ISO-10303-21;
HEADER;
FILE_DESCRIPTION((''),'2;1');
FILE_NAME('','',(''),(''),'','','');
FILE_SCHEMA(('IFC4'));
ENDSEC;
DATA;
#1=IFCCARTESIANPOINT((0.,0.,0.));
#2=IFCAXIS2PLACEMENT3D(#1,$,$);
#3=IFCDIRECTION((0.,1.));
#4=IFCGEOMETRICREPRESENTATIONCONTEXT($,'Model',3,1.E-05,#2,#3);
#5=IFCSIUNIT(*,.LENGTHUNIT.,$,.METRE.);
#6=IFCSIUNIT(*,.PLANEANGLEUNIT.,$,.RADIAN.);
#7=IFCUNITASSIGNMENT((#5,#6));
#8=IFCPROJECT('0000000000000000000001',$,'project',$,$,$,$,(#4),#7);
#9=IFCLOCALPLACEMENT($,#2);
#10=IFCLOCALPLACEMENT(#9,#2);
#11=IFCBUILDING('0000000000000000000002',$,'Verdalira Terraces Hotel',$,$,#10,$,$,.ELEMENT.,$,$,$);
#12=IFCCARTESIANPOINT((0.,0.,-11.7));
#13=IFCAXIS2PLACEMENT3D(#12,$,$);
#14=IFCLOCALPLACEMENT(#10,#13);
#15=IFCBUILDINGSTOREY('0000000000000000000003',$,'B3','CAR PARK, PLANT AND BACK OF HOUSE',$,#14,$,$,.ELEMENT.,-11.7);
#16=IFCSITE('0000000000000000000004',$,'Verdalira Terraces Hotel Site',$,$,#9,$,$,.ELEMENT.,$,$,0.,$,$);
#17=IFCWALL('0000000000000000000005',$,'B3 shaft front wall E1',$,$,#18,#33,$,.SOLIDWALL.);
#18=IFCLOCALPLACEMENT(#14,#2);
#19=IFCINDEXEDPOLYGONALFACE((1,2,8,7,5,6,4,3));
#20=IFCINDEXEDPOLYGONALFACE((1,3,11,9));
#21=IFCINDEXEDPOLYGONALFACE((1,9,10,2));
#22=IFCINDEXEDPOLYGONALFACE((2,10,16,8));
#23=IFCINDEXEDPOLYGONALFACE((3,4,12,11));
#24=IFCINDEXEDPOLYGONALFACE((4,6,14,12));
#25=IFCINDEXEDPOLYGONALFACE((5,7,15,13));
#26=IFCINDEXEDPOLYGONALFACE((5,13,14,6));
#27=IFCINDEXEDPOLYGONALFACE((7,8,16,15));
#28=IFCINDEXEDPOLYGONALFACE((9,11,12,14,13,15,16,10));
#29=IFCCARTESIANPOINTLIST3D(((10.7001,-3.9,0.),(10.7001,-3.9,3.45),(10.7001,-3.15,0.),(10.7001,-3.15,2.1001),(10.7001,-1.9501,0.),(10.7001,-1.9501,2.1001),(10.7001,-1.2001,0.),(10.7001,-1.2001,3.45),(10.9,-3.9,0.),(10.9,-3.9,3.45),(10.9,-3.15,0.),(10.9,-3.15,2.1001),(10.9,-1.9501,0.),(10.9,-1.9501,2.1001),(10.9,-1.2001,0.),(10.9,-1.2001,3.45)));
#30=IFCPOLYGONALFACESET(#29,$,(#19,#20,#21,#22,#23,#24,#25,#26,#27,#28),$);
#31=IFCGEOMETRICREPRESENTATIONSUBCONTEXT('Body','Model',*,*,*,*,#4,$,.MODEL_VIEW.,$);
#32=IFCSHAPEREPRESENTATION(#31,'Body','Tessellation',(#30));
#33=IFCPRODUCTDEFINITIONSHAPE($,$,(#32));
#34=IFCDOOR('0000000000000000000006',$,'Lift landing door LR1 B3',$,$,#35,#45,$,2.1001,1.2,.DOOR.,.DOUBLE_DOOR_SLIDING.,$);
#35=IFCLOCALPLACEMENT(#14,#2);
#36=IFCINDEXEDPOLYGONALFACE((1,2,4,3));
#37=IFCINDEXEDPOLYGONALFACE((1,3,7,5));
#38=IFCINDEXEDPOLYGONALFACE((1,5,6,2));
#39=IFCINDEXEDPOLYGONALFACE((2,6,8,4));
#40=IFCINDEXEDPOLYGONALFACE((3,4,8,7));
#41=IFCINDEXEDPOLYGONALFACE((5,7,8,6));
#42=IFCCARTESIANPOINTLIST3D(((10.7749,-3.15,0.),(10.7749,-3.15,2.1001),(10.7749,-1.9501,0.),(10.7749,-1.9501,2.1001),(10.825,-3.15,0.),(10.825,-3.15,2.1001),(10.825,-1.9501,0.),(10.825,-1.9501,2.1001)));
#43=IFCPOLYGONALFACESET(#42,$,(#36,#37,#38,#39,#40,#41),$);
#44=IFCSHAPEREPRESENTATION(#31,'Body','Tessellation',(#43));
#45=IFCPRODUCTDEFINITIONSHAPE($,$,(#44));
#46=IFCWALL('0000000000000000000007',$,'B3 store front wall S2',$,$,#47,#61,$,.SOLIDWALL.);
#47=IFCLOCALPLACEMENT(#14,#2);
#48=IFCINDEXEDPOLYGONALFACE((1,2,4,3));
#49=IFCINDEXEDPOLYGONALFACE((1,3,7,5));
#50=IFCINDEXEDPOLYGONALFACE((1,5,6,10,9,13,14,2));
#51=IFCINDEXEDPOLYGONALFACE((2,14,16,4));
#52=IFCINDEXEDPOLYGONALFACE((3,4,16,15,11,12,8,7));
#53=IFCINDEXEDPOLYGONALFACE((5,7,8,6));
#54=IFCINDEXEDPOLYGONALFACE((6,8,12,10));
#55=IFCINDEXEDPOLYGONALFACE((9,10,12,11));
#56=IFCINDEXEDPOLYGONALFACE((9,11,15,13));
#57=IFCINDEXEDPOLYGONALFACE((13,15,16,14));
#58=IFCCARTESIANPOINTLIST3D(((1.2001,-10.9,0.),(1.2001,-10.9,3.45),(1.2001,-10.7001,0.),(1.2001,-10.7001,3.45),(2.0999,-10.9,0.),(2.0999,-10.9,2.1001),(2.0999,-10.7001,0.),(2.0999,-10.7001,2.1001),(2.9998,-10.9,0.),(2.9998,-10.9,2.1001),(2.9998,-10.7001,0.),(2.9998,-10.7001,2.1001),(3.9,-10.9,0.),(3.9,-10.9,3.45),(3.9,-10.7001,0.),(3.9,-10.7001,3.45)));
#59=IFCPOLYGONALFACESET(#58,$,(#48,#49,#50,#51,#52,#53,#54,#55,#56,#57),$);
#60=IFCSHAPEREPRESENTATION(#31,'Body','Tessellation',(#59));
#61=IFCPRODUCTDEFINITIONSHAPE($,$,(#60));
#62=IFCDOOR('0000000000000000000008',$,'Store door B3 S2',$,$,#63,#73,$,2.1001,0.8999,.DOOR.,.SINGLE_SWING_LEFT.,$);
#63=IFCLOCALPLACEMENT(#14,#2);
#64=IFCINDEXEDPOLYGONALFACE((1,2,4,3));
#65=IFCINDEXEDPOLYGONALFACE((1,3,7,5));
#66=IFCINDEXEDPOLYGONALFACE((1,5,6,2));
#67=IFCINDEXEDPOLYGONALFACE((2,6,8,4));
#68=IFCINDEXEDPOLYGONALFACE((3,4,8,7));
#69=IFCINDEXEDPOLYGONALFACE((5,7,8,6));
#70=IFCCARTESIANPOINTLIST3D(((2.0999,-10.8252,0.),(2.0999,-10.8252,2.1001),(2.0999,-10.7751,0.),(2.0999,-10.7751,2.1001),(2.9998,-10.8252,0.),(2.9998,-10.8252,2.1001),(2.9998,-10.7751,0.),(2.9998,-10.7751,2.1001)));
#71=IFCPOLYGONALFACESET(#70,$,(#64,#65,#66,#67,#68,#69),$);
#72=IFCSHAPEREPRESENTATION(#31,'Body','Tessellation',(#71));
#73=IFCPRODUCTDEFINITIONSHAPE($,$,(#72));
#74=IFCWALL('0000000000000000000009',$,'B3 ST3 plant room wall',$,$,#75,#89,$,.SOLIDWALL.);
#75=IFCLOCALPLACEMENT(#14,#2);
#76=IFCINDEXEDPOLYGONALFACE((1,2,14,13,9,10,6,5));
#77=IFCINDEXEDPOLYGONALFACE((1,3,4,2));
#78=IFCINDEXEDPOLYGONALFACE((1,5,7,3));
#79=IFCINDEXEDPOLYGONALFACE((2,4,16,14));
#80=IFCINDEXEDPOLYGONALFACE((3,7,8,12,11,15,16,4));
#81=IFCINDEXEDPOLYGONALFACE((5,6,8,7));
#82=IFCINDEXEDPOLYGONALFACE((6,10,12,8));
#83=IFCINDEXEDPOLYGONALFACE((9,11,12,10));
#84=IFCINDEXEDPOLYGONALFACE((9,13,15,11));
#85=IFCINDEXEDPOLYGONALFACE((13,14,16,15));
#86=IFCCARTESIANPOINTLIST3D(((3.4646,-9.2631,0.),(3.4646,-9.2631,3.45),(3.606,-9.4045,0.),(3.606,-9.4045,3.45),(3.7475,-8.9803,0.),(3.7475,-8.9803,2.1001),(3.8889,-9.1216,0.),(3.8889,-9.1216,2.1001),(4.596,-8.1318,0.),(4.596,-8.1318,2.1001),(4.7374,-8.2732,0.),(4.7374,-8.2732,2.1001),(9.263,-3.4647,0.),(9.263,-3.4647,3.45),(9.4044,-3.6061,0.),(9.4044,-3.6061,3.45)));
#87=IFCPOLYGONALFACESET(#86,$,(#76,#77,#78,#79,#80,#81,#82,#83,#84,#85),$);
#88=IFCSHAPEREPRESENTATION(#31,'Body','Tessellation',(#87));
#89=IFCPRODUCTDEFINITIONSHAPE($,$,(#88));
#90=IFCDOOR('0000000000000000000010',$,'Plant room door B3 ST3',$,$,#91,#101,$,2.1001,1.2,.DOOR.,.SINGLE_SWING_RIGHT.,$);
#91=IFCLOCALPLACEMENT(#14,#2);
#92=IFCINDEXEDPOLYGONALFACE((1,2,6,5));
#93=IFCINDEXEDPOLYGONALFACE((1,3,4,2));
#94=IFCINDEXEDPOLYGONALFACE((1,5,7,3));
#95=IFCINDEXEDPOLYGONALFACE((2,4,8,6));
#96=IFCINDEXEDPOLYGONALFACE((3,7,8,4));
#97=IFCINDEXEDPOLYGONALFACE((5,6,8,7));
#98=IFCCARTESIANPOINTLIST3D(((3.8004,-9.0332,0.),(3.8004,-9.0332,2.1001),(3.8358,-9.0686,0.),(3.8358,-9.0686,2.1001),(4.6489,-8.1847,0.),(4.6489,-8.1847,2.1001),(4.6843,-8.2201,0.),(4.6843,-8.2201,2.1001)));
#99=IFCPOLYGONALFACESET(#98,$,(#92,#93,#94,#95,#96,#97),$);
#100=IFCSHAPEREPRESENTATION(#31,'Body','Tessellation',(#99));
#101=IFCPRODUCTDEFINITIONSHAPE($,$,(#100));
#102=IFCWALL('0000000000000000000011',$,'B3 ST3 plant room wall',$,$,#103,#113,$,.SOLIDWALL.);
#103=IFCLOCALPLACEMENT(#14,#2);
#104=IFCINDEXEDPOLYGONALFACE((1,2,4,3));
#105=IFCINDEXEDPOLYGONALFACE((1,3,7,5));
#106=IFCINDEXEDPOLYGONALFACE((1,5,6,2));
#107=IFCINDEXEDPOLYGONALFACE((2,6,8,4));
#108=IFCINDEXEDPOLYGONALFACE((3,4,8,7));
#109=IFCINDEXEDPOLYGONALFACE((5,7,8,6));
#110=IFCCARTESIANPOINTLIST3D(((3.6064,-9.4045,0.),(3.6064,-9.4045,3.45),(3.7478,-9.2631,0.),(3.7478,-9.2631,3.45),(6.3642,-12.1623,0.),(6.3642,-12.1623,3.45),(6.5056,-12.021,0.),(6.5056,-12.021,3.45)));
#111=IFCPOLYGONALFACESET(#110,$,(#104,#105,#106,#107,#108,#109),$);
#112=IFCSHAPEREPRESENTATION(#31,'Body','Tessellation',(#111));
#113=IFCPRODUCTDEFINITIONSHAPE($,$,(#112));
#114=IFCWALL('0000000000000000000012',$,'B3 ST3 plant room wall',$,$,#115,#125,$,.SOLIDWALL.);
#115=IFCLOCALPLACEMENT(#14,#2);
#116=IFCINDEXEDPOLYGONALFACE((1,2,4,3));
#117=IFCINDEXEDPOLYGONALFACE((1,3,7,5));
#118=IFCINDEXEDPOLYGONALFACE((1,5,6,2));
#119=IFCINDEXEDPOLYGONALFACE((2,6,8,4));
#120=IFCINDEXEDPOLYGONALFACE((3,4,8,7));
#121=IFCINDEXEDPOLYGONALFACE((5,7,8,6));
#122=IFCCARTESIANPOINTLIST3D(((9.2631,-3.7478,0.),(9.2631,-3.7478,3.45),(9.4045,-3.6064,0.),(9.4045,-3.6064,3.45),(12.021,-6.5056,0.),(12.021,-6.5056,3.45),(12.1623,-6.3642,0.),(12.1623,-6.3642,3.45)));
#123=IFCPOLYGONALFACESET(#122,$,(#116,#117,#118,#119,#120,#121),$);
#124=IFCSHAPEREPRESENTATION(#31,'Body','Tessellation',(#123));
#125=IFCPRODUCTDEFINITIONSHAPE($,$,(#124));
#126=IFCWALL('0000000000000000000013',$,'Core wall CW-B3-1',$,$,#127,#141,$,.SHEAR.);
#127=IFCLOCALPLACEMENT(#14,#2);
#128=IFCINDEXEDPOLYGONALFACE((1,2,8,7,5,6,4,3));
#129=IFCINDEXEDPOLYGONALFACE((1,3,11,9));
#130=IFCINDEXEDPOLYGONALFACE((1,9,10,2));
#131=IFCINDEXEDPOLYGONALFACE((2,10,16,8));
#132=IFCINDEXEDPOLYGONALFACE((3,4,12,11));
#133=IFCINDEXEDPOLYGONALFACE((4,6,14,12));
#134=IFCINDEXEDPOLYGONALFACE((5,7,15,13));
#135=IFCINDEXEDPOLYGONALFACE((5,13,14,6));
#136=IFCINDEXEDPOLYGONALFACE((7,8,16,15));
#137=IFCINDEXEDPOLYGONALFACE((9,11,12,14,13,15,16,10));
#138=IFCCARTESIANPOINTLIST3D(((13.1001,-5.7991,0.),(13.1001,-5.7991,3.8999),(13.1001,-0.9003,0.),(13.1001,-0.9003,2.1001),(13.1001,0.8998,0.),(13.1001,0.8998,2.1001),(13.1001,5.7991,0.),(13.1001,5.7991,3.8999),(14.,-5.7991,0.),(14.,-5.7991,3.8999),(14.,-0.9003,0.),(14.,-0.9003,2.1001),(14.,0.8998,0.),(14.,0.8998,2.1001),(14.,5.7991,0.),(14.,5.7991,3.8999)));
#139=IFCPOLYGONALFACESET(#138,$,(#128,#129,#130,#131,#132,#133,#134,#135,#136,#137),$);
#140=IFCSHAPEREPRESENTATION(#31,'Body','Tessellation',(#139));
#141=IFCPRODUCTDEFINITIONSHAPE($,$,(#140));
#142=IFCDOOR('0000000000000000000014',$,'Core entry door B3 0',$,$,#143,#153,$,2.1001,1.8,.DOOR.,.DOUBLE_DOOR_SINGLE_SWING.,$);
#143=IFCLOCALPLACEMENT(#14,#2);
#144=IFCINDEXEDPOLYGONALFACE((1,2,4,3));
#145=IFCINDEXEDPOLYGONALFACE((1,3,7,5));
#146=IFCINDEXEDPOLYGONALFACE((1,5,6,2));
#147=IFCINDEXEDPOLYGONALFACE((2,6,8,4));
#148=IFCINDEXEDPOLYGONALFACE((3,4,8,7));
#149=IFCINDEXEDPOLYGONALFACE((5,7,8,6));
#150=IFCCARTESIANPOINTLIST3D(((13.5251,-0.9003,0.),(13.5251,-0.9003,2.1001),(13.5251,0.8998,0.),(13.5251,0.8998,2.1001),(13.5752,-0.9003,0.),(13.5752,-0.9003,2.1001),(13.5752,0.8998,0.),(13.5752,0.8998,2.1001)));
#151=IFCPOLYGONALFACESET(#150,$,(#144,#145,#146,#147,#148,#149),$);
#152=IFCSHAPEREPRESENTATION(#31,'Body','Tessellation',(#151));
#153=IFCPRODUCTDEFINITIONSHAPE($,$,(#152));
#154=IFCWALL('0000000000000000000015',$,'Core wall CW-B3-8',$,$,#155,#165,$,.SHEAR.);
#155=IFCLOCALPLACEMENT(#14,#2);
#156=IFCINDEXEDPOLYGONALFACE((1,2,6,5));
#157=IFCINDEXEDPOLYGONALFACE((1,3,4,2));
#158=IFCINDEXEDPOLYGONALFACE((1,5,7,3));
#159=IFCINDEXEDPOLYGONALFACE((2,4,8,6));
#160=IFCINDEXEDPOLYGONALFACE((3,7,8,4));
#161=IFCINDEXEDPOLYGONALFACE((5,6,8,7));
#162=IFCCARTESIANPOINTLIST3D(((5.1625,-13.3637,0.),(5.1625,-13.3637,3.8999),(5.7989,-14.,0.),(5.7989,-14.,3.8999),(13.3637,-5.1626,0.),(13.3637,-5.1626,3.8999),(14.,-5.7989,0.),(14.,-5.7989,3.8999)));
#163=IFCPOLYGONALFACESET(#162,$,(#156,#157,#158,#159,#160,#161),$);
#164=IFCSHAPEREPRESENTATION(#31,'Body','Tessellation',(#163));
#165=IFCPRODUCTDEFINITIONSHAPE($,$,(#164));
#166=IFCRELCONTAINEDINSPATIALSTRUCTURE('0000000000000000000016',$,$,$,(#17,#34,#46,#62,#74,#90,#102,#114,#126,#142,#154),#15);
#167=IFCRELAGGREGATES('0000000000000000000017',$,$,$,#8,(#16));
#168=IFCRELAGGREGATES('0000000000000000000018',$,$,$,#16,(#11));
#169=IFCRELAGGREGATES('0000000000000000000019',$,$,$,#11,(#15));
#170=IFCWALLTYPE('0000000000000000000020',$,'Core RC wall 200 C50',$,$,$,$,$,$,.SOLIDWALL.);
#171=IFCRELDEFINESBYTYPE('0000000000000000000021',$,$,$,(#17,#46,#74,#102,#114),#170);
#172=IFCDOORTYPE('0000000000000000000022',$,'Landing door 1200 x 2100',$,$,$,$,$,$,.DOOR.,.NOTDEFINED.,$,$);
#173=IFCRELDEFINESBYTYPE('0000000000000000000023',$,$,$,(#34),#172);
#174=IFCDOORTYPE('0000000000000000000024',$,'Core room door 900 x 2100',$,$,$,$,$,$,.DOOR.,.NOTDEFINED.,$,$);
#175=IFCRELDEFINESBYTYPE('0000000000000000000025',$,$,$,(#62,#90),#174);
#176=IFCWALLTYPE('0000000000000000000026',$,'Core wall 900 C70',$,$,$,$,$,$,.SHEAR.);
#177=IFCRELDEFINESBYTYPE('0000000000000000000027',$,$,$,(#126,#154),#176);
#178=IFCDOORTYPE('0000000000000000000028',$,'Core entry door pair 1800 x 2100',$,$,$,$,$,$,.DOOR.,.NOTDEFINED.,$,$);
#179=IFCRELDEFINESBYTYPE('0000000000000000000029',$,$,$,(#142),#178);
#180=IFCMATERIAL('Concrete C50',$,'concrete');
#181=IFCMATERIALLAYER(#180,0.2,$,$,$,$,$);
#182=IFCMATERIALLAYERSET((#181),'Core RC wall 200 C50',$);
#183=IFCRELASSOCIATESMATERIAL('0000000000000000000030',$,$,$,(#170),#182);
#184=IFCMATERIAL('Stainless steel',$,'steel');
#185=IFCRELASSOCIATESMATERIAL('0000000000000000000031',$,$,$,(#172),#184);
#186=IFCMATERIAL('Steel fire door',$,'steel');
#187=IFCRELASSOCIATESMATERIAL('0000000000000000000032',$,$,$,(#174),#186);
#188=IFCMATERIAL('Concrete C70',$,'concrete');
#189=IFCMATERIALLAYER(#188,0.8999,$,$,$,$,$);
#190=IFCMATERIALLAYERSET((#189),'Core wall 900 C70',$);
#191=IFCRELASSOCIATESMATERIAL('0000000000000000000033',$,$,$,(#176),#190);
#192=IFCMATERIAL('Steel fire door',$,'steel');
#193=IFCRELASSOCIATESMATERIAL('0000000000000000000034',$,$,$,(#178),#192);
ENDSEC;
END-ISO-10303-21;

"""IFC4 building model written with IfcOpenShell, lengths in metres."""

from ifc_helpers import new_model, si_unit, direction, frame, frame_2d, origin, place, context, subcontext, project, spatial, rectangle, extrude, material, layer, layer_set, type_object, element, fill, save


model = new_model("IFC4")

# Units and contexts
model_context = context("Model", 3, precision=1e-05, world=origin(), true_north=direction((0.0, 1.0)))
body_context = subcontext(model_context, "Body", "Model", "MODEL_VIEW")
ifc_project = project(units=[si_unit("LENGTHUNIT", "METRE"), si_unit("PLANEANGLEUNIT", "RADIAN")], contexts=[model_context])

# Site, building, storey
site_placement = place(None, origin())
site = spatial("IfcSite", under=ifc_project, at=site_placement, Name="Verdalira Terraces Hotel Site", CompositionType="ELEMENT", RefElevation=0.0)
building_placement = place(site_placement, origin())
building = spatial("IfcBuilding", under=site, at=building_placement, Name="Verdalira Terraces Hotel", CompositionType="ELEMENT")
storey_placement = place(building_placement, frame((0.0, 0.0, -11.7)))
storey = spatial("IfcBuildingStorey", under=building, at=storey_placement, Name="B3", Description="CAR PARK, PLANT AND BACK OF HOUSE", CompositionType="ELEMENT", Elevation=-11.7)

# Walls, openings, doors
ifc_material_1 = material(Name="Concrete C50", Category="concrete")
ifc_layer_1 = layer(ifc_material_1, 0.2)
ifc_layer_set_1 = layer_set([ifc_layer_1], Name="Core RC wall 200 C50")
wall_type_1 = type_object("IfcWallType", Name="Core RC wall 200 C50", PredefinedType="SOLIDWALL", material=ifc_layer_set_1)
wall_1_placement = place(storey_placement, frame((10.8, -1.2, 0.0), z_axis=(0.0, 0.0, 1.0), x_axis=(0.0, -1.0, 0.0)))
wall_1 = element("IfcWall", 1, at=wall_1_placement, inside=storey, type_object=wall_type_1, Name="B3 shaft front wall E1", PredefinedType="SOLIDWALL", context=body_context, shape_type="SweptSolid", body=[
    extrude(rectangle(XDim=2.7, YDim=0.2, at=frame_2d((1.3501, 0.0))), origin(), (0.0, 0.0, 1.0), 3.45),
])
opening_1_placement = place(wall_1_placement, frame((0.75, 0.0, 0.0)))
opening_1 = element("IfcOpeningElement", 2, at=opening_1_placement, cuts=wall_1, PredefinedType="OPENING", context=body_context, shape_type="SweptSolid", body=[
    extrude(rectangle(XDim=1.2, YDim=2.1001, at=frame_2d((0.6001, 1.05))), frame((0.0, 0.1099, 0.0), z_axis=(0.0, -1.0, 0.0), x_axis=(1.0, 0.0, 0.0)), (0.0, 0.0, 1.0), 0.22),
])
ifc_material_2 = material(Name="Stainless steel", Category="steel")
door_type_1 = type_object("IfcDoorType", Name="Landing door 1200 x 2100", OperationType="NOTDEFINED", PredefinedType="DOOR", material=ifc_material_2)
door_1_placement = place(opening_1_placement, origin())
door_1 = element("IfcDoor", 3, at=door_1_placement, inside=storey, type_object=door_type_1, Name="Lift landing door LR1 B3", OperationType="DOUBLE_DOOR_SLIDING", OverallHeight=2.1001, OverallWidth=1.2, PredefinedType="DOOR", context=body_context, shape_type="SweptSolid", body=[
    extrude(rectangle(XDim=1.2, YDim=2.1001, at=frame_2d((0.6001, 1.05))), frame((0.0, 0.0249, 0.0), z_axis=(0.0, -1.0, 0.0), x_axis=(1.0, 0.0, 0.0)), (0.0, 0.0, 1.0), 0.05),
])
fill(opening_1, door_1)
wall_2_placement = place(storey_placement, frame((1.2, -10.8, 0.0), z_axis=(0.0, 0.0, 1.0), x_axis=(1.0, 0.0, 0.0)))
wall_2 = element("IfcWall", 4, at=wall_2_placement, inside=storey, type_object=wall_type_1, Name="B3 store front wall S2", PredefinedType="SOLIDWALL", context=body_context, shape_type="SweptSolid", body=[
    extrude(rectangle(XDim=2.7, YDim=0.2, at=frame_2d((1.3501, 0.0))), origin(), (0.0, 0.0, 1.0), 3.45),
])
opening_2_placement = place(wall_2_placement, frame((0.8999, 0.0, 0.0)))
opening_2 = element("IfcOpeningElement", 5, at=opening_2_placement, cuts=wall_2, PredefinedType="OPENING", context=body_context, shape_type="SweptSolid", body=[
    extrude(rectangle(XDim=0.8999, YDim=2.1001, at=frame_2d((0.45, 1.05))), frame((0.0, 0.1099, 0.0), z_axis=(0.0, -1.0, 0.0), x_axis=(1.0, 0.0, 0.0)), (0.0, 0.0, 1.0), 0.22),
])
ifc_material_3 = material(Name="Steel fire door", Category="steel")
door_type_2 = type_object("IfcDoorType", Name="Core room door 900 x 2100", OperationType="NOTDEFINED", PredefinedType="DOOR", material=ifc_material_3)
door_2_placement = place(opening_2_placement, origin())
door_2 = element("IfcDoor", 6, at=door_2_placement, inside=storey, type_object=door_type_2, Name="Store door B3 S2", OperationType="SINGLE_SWING_LEFT", OverallHeight=2.1001, OverallWidth=0.8999, PredefinedType="DOOR", context=body_context, shape_type="SweptSolid", body=[
    extrude(rectangle(XDim=0.8999, YDim=2.1001, at=frame_2d((0.45, 1.05))), frame((0.0, 0.0249, 0.0), z_axis=(0.0, -1.0, 0.0), x_axis=(1.0, 0.0, 0.0)), (0.0, 0.0, 1.0), 0.05),
])
fill(opening_2, door_2)
wall_3_placement = place(storey_placement, frame((9.3337, -3.5354, 0.0), z_axis=(0.0, 0.0, 1.0), x_axis=(-0.707107, -0.707107, 0.0)))
wall_3 = element("IfcWall", 7, at=wall_3_placement, inside=storey, type_object=wall_type_1, Name="B3 ST3 plant room wall", PredefinedType="SOLIDWALL", context=body_context, shape_type="SweptSolid", body=[
    extrude(rectangle(XDim=8.2002, YDim=0.2, at=frame_2d((4.1001, 0.0))), origin(), (0.0, 0.0, 1.0), 3.45),
])
opening_3_placement = place(wall_3_placement, frame((6.6001, 0.0, 0.0)))
opening_3 = element("IfcOpeningElement", 8, at=opening_3_placement, cuts=wall_3, PredefinedType="OPENING", context=body_context, shape_type="SweptSolid", body=[
    extrude(rectangle(XDim=1.2, YDim=2.1001, at=frame_2d((0.6001, 1.05))), frame((0.0, 0.1099, 0.0), z_axis=(0.0, -1.0, 0.0), x_axis=(1.0, 0.0, 0.0)), (0.0, 0.0, 1.0), 0.22),
])
door_3_placement = place(opening_3_placement, origin())
door_3 = element("IfcDoor", 9, at=door_3_placement, inside=storey, type_object=door_type_2, Name="Plant room door B3 ST3", OperationType="SINGLE_SWING_RIGHT", OverallHeight=2.1001, OverallWidth=1.2, PredefinedType="DOOR", context=body_context, shape_type="SweptSolid", body=[
    extrude(rectangle(XDim=1.2, YDim=2.1001, at=frame_2d((0.6001, 1.05))), frame((0.0, 0.0249, 0.0), z_axis=(0.0, -1.0, 0.0), x_axis=(1.0, 0.0, 0.0)), (0.0, 0.0, 1.0), 0.05),
])
fill(opening_3, door_3)

# Walls
for number, where, z_axis, x_axis, name in (
    (10, (3.677, -9.3337, 0.0), (0.0, 0.0, 1.0), (0.707107, -0.707107, 0.0), "B3 ST3 plant room wall"),
    (11, (9.3337, -3.677, 0.0), (0.0, 0.0, 1.0), (0.707107, -0.707107, 0.0), "B3 ST3 plant room wall"),
):
    element("IfcWall", number, at=place(storey_placement, frame(where, z_axis=z_axis, x_axis=x_axis)), inside=storey, type_object=wall_type_1, Name=name, PredefinedType="SOLIDWALL", context=body_context, shape_type="SweptSolid", body=[
        extrude(rectangle(XDim=3.9001, YDim=0.2, at=frame_2d((1.9502, 0.0))), origin(), (0.0, 0.0, 1.0), 3.45),
    ])

# Wall, opening, door
ifc_material_4 = material(Name="Concrete C70", Category="concrete")
ifc_layer_2 = layer(ifc_material_4, 0.8999)
ifc_layer_set_2 = layer_set([ifc_layer_2], Name="Core wall 900 C70")
wall_type_2 = type_object("IfcWallType", Name="Core wall 900 C70", PredefinedType="SHEAR", material=ifc_layer_set_2)
wall_4_placement = place(storey_placement, frame((13.55, -5.7991, 0.0), z_axis=(0.0, 0.0, 1.0), x_axis=(0.0, 1.0, 0.0)))
wall_4 = element("IfcWall", 12, at=wall_4_placement, inside=storey, type_object=wall_type_2, Name="Core wall CW-B3-1", PredefinedType="SHEAR", context=body_context, shape_type="SweptSolid", body=[
    extrude(rectangle(XDim=11.5981, YDim=0.8999, at=frame_2d((5.7991, 0.0))), origin(), (0.0, 0.0, 1.0), 3.8999),
])
opening_4_placement = place(wall_4_placement, frame((4.8989, 0.0, 0.0)))
opening_4 = element("IfcOpeningElement", 13, at=opening_4_placement, cuts=wall_4, PredefinedType="OPENING", context=body_context, shape_type="SweptSolid", body=[
    extrude(rectangle(XDim=1.8, YDim=2.1001, at=frame_2d((0.8999, 1.05))), frame((0.0, 0.46, 0.0), z_axis=(0.0, -1.0, 0.0), x_axis=(1.0, 0.0, 0.0)), (0.0, 0.0, 1.0), 0.9199),
])
ifc_material_5 = material(Name="Steel fire door", Category="steel")
door_type_3 = type_object("IfcDoorType", Name="Core entry door pair 1800 x 2100", OperationType="NOTDEFINED", PredefinedType="DOOR", material=ifc_material_5)
door_4_placement = place(opening_4_placement, origin())
door_4 = element("IfcDoor", 14, at=door_4_placement, inside=storey, type_object=door_type_3, Name="Core entry door B3 0", OperationType="DOUBLE_DOOR_SINGLE_SWING", OverallHeight=2.1001, OverallWidth=1.8, PredefinedType="DOOR", context=body_context, shape_type="SweptSolid", body=[
    extrude(rectangle(XDim=1.8, YDim=2.1001, at=frame_2d((0.8999, 1.05))), frame((0.0, 0.0249, 0.0), z_axis=(0.0, -1.0, 0.0), x_axis=(1.0, 0.0, 0.0)), (0.0, 0.0, 1.0), 0.05),
])
fill(opening_4, door_4)

# Wall
wall_5_placement = place(storey_placement, frame((5.4807, -13.6819, 0.0), z_axis=(0.0, 0.0, 1.0), x_axis=(0.707107, 0.707107, 0.0)))
element("IfcWall", 15, at=wall_5_placement, inside=storey, type_object=wall_type_2, Name="Core wall CW-B3-8", PredefinedType="SHEAR", context=body_context, shape_type="SweptSolid", body=[
    extrude(rectangle(XDim=11.5981, YDim=0.8999, at=frame_2d((5.7991, 0.0))), origin(), (0.0, 0.0, 1.0), 3.8999),
])

save(model, "model.ifc")
